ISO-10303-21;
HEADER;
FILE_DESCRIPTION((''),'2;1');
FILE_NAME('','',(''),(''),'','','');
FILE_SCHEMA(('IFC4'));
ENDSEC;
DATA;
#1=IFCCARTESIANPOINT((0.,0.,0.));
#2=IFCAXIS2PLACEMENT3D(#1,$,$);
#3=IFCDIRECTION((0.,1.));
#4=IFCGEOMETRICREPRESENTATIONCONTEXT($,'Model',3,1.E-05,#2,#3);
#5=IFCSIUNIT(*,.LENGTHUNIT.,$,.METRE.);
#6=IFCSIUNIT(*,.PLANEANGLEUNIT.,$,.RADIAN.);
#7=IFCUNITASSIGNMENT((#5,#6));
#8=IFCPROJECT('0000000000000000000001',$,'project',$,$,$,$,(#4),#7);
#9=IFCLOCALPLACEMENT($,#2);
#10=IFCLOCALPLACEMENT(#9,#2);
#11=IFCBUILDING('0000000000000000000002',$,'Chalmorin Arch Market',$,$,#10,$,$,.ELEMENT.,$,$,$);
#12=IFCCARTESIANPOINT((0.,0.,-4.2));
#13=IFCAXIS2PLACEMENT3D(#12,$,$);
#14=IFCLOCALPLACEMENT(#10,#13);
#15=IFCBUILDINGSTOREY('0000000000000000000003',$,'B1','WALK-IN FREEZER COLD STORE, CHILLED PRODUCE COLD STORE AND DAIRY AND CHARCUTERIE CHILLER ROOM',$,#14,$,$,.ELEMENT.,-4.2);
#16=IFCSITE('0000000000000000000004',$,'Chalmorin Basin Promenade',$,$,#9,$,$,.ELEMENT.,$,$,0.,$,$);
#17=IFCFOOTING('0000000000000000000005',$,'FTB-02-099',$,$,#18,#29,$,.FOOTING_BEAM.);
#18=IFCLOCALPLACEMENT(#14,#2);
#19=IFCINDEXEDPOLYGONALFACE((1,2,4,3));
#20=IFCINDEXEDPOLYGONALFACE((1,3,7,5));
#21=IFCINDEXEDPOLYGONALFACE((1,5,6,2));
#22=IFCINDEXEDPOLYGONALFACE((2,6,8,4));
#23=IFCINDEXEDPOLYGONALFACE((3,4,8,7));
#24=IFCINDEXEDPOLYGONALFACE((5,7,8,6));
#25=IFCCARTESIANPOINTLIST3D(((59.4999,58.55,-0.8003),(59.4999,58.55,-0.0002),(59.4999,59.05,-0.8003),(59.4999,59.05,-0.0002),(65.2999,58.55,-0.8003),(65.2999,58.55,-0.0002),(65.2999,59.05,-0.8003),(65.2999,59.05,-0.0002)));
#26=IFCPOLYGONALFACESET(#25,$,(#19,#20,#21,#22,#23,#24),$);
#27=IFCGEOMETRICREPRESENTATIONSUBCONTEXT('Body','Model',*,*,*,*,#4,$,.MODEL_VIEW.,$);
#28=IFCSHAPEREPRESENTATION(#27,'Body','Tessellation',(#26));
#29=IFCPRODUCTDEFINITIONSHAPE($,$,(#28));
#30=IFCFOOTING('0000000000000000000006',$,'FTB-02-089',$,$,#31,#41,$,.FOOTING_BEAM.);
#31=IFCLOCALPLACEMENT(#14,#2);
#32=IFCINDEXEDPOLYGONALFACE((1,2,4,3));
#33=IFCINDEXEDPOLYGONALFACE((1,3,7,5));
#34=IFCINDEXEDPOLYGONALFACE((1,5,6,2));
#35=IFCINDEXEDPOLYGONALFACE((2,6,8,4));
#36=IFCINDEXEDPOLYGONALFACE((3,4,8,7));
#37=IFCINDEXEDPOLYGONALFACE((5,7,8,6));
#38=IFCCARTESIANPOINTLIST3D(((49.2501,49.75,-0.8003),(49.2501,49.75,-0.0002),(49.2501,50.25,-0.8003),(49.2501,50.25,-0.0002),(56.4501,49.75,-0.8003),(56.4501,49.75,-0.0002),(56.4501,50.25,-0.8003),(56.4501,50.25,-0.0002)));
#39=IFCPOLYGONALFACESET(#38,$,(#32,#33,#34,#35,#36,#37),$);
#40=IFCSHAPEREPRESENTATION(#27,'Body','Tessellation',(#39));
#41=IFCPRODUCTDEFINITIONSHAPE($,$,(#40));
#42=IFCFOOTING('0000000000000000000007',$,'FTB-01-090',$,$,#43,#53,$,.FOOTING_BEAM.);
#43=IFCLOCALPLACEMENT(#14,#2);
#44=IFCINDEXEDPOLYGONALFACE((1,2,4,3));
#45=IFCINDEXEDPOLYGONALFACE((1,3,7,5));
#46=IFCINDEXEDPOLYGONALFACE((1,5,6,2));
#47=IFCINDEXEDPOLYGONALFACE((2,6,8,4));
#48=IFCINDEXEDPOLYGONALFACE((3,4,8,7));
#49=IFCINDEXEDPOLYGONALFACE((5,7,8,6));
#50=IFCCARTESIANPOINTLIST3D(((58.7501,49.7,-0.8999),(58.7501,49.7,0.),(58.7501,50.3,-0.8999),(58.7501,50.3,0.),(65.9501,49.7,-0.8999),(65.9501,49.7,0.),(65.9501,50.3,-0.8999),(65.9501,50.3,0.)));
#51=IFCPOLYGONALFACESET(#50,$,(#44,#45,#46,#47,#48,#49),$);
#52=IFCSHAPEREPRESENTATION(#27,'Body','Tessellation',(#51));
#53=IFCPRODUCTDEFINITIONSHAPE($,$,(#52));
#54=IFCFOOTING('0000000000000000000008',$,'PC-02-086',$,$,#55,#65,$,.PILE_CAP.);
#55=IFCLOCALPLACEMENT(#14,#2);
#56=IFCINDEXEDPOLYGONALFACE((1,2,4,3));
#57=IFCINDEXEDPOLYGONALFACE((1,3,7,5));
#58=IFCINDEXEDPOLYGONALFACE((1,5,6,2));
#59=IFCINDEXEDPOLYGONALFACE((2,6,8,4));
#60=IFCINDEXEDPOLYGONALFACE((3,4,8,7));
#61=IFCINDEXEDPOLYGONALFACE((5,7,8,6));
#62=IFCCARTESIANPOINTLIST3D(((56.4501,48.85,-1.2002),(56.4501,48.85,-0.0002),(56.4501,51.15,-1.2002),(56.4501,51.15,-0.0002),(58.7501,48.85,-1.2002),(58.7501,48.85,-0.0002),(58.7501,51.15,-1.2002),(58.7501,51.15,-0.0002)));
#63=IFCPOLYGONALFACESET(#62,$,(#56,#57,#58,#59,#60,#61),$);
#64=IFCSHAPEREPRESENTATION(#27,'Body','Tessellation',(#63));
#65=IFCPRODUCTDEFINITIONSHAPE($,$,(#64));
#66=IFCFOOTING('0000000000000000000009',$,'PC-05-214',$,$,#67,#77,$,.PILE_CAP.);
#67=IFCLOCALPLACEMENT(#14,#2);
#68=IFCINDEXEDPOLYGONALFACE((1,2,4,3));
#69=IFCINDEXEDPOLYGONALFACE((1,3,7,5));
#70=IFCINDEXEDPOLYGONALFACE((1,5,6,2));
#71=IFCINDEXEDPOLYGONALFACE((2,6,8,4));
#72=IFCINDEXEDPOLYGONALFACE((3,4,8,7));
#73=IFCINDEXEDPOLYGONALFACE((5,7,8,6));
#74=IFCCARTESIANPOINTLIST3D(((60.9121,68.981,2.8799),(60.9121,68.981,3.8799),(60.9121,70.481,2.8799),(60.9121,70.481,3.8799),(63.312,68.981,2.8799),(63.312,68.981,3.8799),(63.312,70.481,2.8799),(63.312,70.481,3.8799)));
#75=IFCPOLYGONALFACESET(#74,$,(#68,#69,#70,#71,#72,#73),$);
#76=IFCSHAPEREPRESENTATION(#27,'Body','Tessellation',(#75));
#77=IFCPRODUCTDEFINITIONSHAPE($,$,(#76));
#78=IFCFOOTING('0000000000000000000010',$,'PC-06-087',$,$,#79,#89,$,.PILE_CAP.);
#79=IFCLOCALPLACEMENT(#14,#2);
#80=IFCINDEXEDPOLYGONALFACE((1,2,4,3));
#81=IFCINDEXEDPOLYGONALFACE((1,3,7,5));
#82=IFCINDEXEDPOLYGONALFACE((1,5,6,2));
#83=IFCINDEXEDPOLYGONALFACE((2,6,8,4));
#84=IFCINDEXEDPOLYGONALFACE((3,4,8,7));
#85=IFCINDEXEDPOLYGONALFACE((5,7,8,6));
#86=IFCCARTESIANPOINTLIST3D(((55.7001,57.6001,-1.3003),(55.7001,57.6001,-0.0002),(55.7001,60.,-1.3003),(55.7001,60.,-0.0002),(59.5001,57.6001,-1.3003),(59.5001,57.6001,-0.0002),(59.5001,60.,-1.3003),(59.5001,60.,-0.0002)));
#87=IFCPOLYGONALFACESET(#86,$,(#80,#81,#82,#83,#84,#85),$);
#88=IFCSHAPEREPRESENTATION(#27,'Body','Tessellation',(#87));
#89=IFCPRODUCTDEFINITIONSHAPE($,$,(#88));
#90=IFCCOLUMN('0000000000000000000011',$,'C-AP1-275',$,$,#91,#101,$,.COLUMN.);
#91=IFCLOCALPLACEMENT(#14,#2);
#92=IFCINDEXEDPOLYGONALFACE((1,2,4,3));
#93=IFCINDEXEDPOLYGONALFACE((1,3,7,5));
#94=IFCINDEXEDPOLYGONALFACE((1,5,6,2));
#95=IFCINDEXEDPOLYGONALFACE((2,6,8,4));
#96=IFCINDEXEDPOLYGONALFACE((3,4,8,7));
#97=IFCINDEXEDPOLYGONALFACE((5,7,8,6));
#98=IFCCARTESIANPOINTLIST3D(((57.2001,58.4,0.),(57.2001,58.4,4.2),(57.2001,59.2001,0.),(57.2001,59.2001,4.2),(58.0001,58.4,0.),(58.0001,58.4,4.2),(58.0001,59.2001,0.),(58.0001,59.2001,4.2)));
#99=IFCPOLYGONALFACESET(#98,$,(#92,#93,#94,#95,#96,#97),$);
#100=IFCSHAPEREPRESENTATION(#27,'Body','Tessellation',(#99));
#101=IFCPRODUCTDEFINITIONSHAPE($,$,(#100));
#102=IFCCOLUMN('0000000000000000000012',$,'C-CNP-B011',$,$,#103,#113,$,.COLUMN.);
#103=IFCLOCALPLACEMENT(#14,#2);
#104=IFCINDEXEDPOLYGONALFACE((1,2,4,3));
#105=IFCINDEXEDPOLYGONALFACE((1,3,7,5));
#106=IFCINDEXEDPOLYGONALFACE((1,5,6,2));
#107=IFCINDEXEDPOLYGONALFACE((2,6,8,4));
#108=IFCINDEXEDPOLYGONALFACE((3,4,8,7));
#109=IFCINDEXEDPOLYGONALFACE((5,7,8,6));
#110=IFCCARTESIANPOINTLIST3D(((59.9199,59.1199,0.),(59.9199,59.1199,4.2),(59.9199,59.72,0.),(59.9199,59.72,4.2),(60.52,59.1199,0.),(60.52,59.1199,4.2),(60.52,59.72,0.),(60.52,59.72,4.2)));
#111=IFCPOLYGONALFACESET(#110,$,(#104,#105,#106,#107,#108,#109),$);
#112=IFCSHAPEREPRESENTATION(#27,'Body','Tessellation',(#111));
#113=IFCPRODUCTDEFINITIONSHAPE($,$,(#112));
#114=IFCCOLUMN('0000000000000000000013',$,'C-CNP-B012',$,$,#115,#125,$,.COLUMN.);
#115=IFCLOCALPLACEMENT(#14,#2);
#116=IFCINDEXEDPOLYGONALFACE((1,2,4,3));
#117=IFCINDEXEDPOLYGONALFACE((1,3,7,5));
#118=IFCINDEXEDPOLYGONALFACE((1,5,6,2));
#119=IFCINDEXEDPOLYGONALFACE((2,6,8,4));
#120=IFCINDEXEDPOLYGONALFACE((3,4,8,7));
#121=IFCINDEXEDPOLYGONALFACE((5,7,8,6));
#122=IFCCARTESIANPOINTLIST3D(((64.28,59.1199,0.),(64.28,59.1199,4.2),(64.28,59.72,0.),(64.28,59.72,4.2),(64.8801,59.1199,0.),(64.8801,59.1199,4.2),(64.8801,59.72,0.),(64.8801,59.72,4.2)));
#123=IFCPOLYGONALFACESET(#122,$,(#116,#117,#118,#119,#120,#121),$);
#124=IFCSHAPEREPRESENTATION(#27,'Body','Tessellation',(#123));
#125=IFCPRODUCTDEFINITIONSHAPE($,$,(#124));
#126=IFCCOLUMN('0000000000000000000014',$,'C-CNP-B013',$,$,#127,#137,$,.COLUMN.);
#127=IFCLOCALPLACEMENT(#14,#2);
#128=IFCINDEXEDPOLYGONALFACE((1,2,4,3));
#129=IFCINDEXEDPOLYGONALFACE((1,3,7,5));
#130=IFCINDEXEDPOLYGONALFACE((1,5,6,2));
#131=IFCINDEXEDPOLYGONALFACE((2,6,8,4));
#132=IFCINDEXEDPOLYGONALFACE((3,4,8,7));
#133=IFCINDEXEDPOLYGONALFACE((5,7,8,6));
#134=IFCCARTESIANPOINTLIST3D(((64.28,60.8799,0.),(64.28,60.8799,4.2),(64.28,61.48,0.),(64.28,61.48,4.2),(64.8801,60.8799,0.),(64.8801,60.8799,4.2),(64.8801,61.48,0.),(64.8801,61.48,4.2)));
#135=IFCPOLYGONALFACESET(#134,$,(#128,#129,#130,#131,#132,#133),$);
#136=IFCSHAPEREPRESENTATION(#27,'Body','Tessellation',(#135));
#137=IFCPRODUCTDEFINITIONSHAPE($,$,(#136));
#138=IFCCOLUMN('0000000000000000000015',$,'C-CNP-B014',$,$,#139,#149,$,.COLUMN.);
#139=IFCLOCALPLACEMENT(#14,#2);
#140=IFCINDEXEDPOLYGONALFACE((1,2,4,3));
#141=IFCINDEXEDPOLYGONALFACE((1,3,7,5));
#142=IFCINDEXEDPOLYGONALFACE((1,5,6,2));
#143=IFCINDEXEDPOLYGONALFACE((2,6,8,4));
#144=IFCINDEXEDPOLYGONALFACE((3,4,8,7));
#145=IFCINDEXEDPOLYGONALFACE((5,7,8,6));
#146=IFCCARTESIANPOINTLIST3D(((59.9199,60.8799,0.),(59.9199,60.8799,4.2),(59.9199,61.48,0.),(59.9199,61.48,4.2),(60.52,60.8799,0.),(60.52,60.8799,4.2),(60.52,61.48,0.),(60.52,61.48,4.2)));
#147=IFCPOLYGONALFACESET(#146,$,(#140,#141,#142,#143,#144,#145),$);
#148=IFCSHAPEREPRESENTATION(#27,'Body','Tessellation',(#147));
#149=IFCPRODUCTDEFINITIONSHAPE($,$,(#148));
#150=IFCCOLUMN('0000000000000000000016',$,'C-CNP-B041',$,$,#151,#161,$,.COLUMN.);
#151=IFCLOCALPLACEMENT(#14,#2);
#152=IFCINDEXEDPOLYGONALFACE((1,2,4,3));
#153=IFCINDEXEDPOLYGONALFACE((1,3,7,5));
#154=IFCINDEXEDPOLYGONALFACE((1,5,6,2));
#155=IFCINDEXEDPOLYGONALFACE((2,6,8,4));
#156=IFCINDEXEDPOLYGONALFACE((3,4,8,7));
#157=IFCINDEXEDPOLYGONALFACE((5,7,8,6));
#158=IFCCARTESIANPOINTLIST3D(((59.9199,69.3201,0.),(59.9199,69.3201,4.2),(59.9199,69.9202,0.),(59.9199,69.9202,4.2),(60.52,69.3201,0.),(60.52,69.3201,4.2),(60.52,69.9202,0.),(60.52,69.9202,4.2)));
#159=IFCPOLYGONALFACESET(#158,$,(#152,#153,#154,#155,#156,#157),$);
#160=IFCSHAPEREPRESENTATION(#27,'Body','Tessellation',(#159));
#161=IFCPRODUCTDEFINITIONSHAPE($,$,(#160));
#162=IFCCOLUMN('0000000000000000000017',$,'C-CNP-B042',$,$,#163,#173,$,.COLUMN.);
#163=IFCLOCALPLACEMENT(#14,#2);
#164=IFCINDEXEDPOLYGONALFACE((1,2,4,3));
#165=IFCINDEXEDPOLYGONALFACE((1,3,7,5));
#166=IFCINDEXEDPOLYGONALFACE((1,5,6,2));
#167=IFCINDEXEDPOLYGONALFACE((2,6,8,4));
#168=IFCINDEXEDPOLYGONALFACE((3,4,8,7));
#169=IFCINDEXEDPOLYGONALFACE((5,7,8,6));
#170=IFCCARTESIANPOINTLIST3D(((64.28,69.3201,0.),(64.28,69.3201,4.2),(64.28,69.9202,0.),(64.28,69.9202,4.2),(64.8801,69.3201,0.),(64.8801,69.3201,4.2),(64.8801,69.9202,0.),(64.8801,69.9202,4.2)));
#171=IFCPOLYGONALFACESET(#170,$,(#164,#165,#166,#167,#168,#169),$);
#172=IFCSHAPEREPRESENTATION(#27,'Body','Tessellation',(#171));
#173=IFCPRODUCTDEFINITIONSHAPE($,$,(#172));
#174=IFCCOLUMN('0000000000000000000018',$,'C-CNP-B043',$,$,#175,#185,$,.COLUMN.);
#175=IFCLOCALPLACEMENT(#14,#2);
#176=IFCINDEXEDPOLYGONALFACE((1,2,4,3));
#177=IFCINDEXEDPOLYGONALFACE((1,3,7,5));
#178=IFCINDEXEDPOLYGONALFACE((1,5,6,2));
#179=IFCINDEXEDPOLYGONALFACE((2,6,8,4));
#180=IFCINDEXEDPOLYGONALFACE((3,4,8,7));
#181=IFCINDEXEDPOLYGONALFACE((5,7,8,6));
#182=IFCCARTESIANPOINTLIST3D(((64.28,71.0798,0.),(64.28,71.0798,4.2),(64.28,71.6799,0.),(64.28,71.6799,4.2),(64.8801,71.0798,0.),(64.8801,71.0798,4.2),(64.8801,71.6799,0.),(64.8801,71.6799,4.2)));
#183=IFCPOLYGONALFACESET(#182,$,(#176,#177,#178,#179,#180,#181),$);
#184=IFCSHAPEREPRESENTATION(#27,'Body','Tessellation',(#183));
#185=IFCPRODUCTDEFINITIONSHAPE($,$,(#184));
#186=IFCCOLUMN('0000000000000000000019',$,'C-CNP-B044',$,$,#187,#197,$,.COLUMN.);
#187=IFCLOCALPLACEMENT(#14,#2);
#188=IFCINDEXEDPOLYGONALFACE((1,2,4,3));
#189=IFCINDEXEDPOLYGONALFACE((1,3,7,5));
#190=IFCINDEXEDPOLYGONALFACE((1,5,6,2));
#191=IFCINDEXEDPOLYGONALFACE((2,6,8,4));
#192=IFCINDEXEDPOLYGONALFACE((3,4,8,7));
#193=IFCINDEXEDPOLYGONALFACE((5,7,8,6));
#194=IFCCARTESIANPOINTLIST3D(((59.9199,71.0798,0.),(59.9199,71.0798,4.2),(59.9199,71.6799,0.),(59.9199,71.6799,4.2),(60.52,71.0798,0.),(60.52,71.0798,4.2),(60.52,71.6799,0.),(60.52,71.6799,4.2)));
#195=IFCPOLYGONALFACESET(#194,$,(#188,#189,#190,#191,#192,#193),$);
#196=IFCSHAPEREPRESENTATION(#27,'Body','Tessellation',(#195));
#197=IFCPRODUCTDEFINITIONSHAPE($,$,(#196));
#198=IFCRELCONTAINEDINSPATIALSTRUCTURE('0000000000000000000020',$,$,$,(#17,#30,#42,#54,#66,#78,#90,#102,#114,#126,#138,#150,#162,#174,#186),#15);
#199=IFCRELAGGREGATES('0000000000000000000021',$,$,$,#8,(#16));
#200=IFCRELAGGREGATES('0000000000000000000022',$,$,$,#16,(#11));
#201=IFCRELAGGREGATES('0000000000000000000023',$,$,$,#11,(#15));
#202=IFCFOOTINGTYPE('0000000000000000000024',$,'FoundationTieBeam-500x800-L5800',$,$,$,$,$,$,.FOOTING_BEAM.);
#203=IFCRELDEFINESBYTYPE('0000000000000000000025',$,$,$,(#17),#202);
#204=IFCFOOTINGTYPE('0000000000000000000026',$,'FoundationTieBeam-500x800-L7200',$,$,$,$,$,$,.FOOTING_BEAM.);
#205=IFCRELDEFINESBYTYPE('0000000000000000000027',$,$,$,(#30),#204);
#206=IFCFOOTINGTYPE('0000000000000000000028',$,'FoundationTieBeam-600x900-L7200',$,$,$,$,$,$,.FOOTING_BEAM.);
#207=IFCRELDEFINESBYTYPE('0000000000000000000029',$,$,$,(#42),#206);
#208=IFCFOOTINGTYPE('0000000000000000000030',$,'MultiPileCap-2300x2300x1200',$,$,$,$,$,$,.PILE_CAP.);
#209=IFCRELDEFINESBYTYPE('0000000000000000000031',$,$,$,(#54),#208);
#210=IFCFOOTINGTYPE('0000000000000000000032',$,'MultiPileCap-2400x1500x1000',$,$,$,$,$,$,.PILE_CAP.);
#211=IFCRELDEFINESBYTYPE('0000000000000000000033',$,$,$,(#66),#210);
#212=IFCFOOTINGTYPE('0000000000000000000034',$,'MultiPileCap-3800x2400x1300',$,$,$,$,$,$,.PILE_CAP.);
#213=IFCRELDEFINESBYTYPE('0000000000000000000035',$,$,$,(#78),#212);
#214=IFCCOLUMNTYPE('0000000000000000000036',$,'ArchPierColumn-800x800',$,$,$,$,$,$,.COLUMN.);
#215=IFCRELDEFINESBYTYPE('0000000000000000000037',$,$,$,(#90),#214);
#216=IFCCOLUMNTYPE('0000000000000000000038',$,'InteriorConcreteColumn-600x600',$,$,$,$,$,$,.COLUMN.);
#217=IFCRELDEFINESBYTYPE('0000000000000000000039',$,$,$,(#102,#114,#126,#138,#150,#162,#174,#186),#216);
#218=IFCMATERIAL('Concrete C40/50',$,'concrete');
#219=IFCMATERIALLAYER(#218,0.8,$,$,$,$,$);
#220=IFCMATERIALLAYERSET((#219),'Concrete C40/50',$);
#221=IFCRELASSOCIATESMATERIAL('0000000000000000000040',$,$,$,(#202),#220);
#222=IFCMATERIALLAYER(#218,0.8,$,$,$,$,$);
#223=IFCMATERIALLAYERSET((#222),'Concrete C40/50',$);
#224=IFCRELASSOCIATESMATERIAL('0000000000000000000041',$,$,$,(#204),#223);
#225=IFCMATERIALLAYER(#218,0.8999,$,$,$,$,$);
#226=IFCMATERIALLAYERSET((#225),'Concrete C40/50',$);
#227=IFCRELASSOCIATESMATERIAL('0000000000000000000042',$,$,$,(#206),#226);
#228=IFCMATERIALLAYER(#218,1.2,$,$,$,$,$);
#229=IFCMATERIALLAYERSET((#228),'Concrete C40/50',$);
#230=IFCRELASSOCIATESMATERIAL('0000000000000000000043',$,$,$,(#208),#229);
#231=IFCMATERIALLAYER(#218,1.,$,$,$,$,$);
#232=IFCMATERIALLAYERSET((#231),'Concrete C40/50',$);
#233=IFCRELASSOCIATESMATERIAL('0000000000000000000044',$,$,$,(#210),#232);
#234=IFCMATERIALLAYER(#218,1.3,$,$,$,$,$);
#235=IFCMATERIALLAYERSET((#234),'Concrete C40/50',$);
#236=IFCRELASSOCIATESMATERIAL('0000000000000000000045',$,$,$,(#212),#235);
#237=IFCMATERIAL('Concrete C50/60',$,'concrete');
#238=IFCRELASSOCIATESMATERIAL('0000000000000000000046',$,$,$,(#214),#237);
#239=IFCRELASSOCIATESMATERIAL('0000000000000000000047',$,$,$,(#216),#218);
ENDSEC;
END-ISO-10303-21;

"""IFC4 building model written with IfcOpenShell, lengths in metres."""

from ifc_helpers import new_model, si_unit, direction, frame, origin, origin_2d, place, context, subcontext, project, spatial, rectangle, extrude, material, layer, layer_set, material_profile, profile_set, type_object, element, save


model = new_model("IFC4")

# Units and contexts
model_context = context("Model", 3, precision=1e-05, world=origin(), true_north=direction((0.0, 1.0)))
body_context = subcontext(model_context, "Body", "Model", "MODEL_VIEW")
ifc_project = project(units=[si_unit("LENGTHUNIT", "METRE"), si_unit("PLANEANGLEUNIT", "RADIAN")], contexts=[model_context])

# Site, building, storey
site_placement = place(None, origin())
site = spatial("IfcSite", under=ifc_project, at=site_placement, Name="Chalmorin Basin Promenade", CompositionType="ELEMENT", RefElevation=0.0)
building_placement = place(site_placement, origin())
building = spatial("IfcBuilding", under=site, at=building_placement, Name="Chalmorin Arch Market", CompositionType="ELEMENT")
storey_placement = place(building_placement, frame((0.0, 0.0, -4.2)))
storey = spatial("IfcBuildingStorey", under=building, at=storey_placement, Name="B1", Description="WALK-IN FREEZER COLD STORE, CHILLED PRODUCE COLD STORE AND DAIRY AND CHARCUTERIE CHILLER ROOM", CompositionType="ELEMENT", Elevation=-4.2)

# Footings
ifc_material_1 = material(Name="Concrete C40/50", Category="concrete")
ifc_layer_1 = layer(ifc_material_1, 0.8)
ifc_layer_set_1 = layer_set([ifc_layer_1], Name="Concrete C40/50")
footing_type_1 = type_object("IfcFootingType", Name="FoundationTieBeam-500x800-L5800", PredefinedType="FOOTING_BEAM", material=ifc_layer_set_1)
footing_1_placement = place(storey_placement, frame((62.3999, 58.8, -0.8003), z_axis=(0.0, 0.0, 1.0), x_axis=(1.0, 0.0, 0.0)))
element("IfcFooting", 1, at=footing_1_placement, inside=storey, type_object=footing_type_1, Name="FTB-02-099", PredefinedType="FOOTING_BEAM", context=body_context, shape_type="SweptSolid", body=[
    extrude(rectangle(XDim=5.8, YDim=0.5, at=origin_2d()), origin(), (0.0, 0.0, 1.0), 0.8),
])
ifc_layer_2 = layer(ifc_material_1, 0.8)
ifc_layer_set_2 = layer_set([ifc_layer_2], Name="Concrete C40/50")
footing_type_2 = type_object("IfcFootingType", Name="FoundationTieBeam-500x800-L7200", PredefinedType="FOOTING_BEAM", material=ifc_layer_set_2)
footing_2_placement = place(storey_placement, frame((52.8501, 50.0, -0.8003), z_axis=(0.0, 0.0, 1.0), x_axis=(1.0, 0.0, 0.0)))
element("IfcFooting", 2, at=footing_2_placement, inside=storey, type_object=footing_type_2, Name="FTB-02-089", PredefinedType="FOOTING_BEAM", context=body_context, shape_type="SweptSolid", body=[
    extrude(rectangle(XDim=7.2, YDim=0.5, at=origin_2d()), origin(), (0.0, 0.0, 1.0), 0.8),
])
ifc_layer_3 = layer(ifc_material_1, 0.8999)
ifc_layer_set_3 = layer_set([ifc_layer_3], Name="Concrete C40/50")
footing_type_3 = type_object("IfcFootingType", Name="FoundationTieBeam-600x900-L7200", PredefinedType="FOOTING_BEAM", material=ifc_layer_set_3)
footing_3_placement = place(storey_placement, frame((62.3501, 50.0, -0.8999), z_axis=(0.0, 0.0, 1.0), x_axis=(1.0, 0.0, 0.0)))
element("IfcFooting", 3, at=footing_3_placement, inside=storey, type_object=footing_type_3, Name="FTB-01-090", PredefinedType="FOOTING_BEAM", context=body_context, shape_type="SweptSolid", body=[
    extrude(rectangle(XDim=7.2, YDim=0.6001, at=origin_2d()), origin(), (0.0, 0.0, 1.0), 0.8999),
])
ifc_layer_4 = layer(ifc_material_1, 1.2)
ifc_layer_set_4 = layer_set([ifc_layer_4], Name="Concrete C40/50")
footing_type_4 = type_object("IfcFootingType", Name="MultiPileCap-2300x2300x1200", PredefinedType="PILE_CAP", material=ifc_layer_set_4)
footing_4_placement = place(storey_placement, frame((57.6001, 50.0, -1.2002), z_axis=(0.0, 0.0, 1.0), x_axis=(1.0, 0.0, 0.0)))
element("IfcFooting", 4, at=footing_4_placement, inside=storey, type_object=footing_type_4, Name="PC-02-086", PredefinedType="PILE_CAP", context=body_context, shape_type="SweptSolid", body=[
    extrude(rectangle(XDim=2.3, YDim=2.3, at=origin_2d()), origin(), (0.0, 0.0, 1.0), 1.2),
])
ifc_layer_5 = layer(ifc_material_1, 1.0)
ifc_layer_set_5 = layer_set([ifc_layer_5], Name="Concrete C40/50")
footing_type_5 = type_object("IfcFootingType", Name="MultiPileCap-2400x1500x1000", PredefinedType="PILE_CAP", material=ifc_layer_set_5)
footing_5_placement = place(storey_placement, frame((62.1121, 69.731, 2.8799), z_axis=(0.0, 0.0, 1.0), x_axis=(1.0, 0.0, 0.0)))
element("IfcFooting", 5, at=footing_5_placement, inside=storey, type_object=footing_type_5, Name="PC-05-214", PredefinedType="PILE_CAP", context=body_context, shape_type="SweptSolid", body=[
    extrude(rectangle(XDim=2.3999, YDim=1.5, at=origin_2d()), origin(), (0.0, 0.0, 1.0), 1.0),
])
ifc_layer_6 = layer(ifc_material_1, 1.3)
ifc_layer_set_6 = layer_set([ifc_layer_6], Name="Concrete C40/50")
footing_type_6 = type_object("IfcFootingType", Name="MultiPileCap-3800x2400x1300", PredefinedType="PILE_CAP", material=ifc_layer_set_6)
footing_6_placement = place(storey_placement, frame((57.6001, 58.8, -1.3003), z_axis=(0.0, 0.0, 1.0), x_axis=(1.0, 0.0, 0.0)))
element("IfcFooting", 6, at=footing_6_placement, inside=storey, type_object=footing_type_6, Name="PC-06-087", PredefinedType="PILE_CAP", context=body_context, shape_type="SweptSolid", body=[
    extrude(rectangle(XDim=3.8, YDim=2.3999, at=origin_2d()), origin(), (0.0, 0.0, 1.0), 1.3),
])

# Columns
ifc_material_2 = material(Name="Concrete C50/60", Category="concrete")
ifc_material_profile_1 = material_profile(ifc_material_2, rectangle(XDim=0.8, YDim=0.8, at=origin_2d()), Name="RC800X800")
ifc_profile_set_1 = profile_set([ifc_material_profile_1], Name="Concrete C50/60")
column_type_1 = type_object("IfcColumnType", Name="ArchPierColumn-800x800", PredefinedType="COLUMN", material=ifc_profile_set_1)
column_1_placement = place(storey_placement, frame((57.6001, 58.8, 0.0), z_axis=(0.0, 0.0, 1.0), x_axis=(1.0, 0.0, 0.0)))
element("IfcColumn", 7, at=column_1_placement, inside=storey, type_object=column_type_1, Name="C-AP1-275", PredefinedType="COLUMN", context=body_context, shape_type="SweptSolid", body=[
    extrude(rectangle(XDim=0.8, YDim=0.8, at=origin_2d()), origin(), (0.0, 0.0, 1.0), 4.2),
])
ifc_material_profile_2 = material_profile(ifc_material_1, rectangle(XDim=0.6001, YDim=0.6001, at=origin_2d()), Name="RC600X600")
ifc_profile_set_2 = profile_set([ifc_material_profile_2], Name="Concrete C40/50")
column_type_2 = type_object("IfcColumnType", Name="InteriorConcreteColumn-600x600", PredefinedType="COLUMN", material=ifc_profile_set_2)
for number, where, z_axis, x_axis, name in (
    (8, (60.22, 59.4199, 0.0), (0.0, 0.0, 1.0), (1.0, 0.0, 0.0), "C-CNP-B011"),
    (9, (64.5801, 59.4199, 0.0), (0.0, 0.0, 1.0), (1.0, 0.0, 0.0), "C-CNP-B012"),
    (10, (64.5801, 61.1799, 0.0), (0.0, 0.0, 1.0), (1.0, 0.0, 0.0), "C-CNP-B013"),
    (11, (60.22, 61.1799, 0.0), (0.0, 0.0, 1.0), (1.0, 0.0, 0.0), "C-CNP-B014"),
    (12, (60.22, 69.6201, 0.0), (0.0, 0.0, 1.0), (1.0, 0.0, 0.0), "C-CNP-B041"),
    (13, (64.5801, 69.6201, 0.0), (0.0, 0.0, 1.0), (1.0, 0.0, 0.0), "C-CNP-B042"),
    (14, (64.5801, 71.3799, 0.0), (0.0, 0.0, 1.0), (1.0, 0.0, 0.0), "C-CNP-B043"),
    (15, (60.22, 71.3799, 0.0), (0.0, 0.0, 1.0), (1.0, 0.0, 0.0), "C-CNP-B044"),
):
    element("IfcColumn", number, at=place(storey_placement, frame(where, z_axis=z_axis, x_axis=x_axis)), inside=storey, type_object=column_type_2, Name=name, PredefinedType="COLUMN", context=body_context, shape_type="SweptSolid", body=[
        extrude(rectangle(XDim=0.6001, YDim=0.6001, at=origin_2d()), origin(), (0.0, 0.0, 1.0), 4.2),
    ])

save(model, "model.ifc")
